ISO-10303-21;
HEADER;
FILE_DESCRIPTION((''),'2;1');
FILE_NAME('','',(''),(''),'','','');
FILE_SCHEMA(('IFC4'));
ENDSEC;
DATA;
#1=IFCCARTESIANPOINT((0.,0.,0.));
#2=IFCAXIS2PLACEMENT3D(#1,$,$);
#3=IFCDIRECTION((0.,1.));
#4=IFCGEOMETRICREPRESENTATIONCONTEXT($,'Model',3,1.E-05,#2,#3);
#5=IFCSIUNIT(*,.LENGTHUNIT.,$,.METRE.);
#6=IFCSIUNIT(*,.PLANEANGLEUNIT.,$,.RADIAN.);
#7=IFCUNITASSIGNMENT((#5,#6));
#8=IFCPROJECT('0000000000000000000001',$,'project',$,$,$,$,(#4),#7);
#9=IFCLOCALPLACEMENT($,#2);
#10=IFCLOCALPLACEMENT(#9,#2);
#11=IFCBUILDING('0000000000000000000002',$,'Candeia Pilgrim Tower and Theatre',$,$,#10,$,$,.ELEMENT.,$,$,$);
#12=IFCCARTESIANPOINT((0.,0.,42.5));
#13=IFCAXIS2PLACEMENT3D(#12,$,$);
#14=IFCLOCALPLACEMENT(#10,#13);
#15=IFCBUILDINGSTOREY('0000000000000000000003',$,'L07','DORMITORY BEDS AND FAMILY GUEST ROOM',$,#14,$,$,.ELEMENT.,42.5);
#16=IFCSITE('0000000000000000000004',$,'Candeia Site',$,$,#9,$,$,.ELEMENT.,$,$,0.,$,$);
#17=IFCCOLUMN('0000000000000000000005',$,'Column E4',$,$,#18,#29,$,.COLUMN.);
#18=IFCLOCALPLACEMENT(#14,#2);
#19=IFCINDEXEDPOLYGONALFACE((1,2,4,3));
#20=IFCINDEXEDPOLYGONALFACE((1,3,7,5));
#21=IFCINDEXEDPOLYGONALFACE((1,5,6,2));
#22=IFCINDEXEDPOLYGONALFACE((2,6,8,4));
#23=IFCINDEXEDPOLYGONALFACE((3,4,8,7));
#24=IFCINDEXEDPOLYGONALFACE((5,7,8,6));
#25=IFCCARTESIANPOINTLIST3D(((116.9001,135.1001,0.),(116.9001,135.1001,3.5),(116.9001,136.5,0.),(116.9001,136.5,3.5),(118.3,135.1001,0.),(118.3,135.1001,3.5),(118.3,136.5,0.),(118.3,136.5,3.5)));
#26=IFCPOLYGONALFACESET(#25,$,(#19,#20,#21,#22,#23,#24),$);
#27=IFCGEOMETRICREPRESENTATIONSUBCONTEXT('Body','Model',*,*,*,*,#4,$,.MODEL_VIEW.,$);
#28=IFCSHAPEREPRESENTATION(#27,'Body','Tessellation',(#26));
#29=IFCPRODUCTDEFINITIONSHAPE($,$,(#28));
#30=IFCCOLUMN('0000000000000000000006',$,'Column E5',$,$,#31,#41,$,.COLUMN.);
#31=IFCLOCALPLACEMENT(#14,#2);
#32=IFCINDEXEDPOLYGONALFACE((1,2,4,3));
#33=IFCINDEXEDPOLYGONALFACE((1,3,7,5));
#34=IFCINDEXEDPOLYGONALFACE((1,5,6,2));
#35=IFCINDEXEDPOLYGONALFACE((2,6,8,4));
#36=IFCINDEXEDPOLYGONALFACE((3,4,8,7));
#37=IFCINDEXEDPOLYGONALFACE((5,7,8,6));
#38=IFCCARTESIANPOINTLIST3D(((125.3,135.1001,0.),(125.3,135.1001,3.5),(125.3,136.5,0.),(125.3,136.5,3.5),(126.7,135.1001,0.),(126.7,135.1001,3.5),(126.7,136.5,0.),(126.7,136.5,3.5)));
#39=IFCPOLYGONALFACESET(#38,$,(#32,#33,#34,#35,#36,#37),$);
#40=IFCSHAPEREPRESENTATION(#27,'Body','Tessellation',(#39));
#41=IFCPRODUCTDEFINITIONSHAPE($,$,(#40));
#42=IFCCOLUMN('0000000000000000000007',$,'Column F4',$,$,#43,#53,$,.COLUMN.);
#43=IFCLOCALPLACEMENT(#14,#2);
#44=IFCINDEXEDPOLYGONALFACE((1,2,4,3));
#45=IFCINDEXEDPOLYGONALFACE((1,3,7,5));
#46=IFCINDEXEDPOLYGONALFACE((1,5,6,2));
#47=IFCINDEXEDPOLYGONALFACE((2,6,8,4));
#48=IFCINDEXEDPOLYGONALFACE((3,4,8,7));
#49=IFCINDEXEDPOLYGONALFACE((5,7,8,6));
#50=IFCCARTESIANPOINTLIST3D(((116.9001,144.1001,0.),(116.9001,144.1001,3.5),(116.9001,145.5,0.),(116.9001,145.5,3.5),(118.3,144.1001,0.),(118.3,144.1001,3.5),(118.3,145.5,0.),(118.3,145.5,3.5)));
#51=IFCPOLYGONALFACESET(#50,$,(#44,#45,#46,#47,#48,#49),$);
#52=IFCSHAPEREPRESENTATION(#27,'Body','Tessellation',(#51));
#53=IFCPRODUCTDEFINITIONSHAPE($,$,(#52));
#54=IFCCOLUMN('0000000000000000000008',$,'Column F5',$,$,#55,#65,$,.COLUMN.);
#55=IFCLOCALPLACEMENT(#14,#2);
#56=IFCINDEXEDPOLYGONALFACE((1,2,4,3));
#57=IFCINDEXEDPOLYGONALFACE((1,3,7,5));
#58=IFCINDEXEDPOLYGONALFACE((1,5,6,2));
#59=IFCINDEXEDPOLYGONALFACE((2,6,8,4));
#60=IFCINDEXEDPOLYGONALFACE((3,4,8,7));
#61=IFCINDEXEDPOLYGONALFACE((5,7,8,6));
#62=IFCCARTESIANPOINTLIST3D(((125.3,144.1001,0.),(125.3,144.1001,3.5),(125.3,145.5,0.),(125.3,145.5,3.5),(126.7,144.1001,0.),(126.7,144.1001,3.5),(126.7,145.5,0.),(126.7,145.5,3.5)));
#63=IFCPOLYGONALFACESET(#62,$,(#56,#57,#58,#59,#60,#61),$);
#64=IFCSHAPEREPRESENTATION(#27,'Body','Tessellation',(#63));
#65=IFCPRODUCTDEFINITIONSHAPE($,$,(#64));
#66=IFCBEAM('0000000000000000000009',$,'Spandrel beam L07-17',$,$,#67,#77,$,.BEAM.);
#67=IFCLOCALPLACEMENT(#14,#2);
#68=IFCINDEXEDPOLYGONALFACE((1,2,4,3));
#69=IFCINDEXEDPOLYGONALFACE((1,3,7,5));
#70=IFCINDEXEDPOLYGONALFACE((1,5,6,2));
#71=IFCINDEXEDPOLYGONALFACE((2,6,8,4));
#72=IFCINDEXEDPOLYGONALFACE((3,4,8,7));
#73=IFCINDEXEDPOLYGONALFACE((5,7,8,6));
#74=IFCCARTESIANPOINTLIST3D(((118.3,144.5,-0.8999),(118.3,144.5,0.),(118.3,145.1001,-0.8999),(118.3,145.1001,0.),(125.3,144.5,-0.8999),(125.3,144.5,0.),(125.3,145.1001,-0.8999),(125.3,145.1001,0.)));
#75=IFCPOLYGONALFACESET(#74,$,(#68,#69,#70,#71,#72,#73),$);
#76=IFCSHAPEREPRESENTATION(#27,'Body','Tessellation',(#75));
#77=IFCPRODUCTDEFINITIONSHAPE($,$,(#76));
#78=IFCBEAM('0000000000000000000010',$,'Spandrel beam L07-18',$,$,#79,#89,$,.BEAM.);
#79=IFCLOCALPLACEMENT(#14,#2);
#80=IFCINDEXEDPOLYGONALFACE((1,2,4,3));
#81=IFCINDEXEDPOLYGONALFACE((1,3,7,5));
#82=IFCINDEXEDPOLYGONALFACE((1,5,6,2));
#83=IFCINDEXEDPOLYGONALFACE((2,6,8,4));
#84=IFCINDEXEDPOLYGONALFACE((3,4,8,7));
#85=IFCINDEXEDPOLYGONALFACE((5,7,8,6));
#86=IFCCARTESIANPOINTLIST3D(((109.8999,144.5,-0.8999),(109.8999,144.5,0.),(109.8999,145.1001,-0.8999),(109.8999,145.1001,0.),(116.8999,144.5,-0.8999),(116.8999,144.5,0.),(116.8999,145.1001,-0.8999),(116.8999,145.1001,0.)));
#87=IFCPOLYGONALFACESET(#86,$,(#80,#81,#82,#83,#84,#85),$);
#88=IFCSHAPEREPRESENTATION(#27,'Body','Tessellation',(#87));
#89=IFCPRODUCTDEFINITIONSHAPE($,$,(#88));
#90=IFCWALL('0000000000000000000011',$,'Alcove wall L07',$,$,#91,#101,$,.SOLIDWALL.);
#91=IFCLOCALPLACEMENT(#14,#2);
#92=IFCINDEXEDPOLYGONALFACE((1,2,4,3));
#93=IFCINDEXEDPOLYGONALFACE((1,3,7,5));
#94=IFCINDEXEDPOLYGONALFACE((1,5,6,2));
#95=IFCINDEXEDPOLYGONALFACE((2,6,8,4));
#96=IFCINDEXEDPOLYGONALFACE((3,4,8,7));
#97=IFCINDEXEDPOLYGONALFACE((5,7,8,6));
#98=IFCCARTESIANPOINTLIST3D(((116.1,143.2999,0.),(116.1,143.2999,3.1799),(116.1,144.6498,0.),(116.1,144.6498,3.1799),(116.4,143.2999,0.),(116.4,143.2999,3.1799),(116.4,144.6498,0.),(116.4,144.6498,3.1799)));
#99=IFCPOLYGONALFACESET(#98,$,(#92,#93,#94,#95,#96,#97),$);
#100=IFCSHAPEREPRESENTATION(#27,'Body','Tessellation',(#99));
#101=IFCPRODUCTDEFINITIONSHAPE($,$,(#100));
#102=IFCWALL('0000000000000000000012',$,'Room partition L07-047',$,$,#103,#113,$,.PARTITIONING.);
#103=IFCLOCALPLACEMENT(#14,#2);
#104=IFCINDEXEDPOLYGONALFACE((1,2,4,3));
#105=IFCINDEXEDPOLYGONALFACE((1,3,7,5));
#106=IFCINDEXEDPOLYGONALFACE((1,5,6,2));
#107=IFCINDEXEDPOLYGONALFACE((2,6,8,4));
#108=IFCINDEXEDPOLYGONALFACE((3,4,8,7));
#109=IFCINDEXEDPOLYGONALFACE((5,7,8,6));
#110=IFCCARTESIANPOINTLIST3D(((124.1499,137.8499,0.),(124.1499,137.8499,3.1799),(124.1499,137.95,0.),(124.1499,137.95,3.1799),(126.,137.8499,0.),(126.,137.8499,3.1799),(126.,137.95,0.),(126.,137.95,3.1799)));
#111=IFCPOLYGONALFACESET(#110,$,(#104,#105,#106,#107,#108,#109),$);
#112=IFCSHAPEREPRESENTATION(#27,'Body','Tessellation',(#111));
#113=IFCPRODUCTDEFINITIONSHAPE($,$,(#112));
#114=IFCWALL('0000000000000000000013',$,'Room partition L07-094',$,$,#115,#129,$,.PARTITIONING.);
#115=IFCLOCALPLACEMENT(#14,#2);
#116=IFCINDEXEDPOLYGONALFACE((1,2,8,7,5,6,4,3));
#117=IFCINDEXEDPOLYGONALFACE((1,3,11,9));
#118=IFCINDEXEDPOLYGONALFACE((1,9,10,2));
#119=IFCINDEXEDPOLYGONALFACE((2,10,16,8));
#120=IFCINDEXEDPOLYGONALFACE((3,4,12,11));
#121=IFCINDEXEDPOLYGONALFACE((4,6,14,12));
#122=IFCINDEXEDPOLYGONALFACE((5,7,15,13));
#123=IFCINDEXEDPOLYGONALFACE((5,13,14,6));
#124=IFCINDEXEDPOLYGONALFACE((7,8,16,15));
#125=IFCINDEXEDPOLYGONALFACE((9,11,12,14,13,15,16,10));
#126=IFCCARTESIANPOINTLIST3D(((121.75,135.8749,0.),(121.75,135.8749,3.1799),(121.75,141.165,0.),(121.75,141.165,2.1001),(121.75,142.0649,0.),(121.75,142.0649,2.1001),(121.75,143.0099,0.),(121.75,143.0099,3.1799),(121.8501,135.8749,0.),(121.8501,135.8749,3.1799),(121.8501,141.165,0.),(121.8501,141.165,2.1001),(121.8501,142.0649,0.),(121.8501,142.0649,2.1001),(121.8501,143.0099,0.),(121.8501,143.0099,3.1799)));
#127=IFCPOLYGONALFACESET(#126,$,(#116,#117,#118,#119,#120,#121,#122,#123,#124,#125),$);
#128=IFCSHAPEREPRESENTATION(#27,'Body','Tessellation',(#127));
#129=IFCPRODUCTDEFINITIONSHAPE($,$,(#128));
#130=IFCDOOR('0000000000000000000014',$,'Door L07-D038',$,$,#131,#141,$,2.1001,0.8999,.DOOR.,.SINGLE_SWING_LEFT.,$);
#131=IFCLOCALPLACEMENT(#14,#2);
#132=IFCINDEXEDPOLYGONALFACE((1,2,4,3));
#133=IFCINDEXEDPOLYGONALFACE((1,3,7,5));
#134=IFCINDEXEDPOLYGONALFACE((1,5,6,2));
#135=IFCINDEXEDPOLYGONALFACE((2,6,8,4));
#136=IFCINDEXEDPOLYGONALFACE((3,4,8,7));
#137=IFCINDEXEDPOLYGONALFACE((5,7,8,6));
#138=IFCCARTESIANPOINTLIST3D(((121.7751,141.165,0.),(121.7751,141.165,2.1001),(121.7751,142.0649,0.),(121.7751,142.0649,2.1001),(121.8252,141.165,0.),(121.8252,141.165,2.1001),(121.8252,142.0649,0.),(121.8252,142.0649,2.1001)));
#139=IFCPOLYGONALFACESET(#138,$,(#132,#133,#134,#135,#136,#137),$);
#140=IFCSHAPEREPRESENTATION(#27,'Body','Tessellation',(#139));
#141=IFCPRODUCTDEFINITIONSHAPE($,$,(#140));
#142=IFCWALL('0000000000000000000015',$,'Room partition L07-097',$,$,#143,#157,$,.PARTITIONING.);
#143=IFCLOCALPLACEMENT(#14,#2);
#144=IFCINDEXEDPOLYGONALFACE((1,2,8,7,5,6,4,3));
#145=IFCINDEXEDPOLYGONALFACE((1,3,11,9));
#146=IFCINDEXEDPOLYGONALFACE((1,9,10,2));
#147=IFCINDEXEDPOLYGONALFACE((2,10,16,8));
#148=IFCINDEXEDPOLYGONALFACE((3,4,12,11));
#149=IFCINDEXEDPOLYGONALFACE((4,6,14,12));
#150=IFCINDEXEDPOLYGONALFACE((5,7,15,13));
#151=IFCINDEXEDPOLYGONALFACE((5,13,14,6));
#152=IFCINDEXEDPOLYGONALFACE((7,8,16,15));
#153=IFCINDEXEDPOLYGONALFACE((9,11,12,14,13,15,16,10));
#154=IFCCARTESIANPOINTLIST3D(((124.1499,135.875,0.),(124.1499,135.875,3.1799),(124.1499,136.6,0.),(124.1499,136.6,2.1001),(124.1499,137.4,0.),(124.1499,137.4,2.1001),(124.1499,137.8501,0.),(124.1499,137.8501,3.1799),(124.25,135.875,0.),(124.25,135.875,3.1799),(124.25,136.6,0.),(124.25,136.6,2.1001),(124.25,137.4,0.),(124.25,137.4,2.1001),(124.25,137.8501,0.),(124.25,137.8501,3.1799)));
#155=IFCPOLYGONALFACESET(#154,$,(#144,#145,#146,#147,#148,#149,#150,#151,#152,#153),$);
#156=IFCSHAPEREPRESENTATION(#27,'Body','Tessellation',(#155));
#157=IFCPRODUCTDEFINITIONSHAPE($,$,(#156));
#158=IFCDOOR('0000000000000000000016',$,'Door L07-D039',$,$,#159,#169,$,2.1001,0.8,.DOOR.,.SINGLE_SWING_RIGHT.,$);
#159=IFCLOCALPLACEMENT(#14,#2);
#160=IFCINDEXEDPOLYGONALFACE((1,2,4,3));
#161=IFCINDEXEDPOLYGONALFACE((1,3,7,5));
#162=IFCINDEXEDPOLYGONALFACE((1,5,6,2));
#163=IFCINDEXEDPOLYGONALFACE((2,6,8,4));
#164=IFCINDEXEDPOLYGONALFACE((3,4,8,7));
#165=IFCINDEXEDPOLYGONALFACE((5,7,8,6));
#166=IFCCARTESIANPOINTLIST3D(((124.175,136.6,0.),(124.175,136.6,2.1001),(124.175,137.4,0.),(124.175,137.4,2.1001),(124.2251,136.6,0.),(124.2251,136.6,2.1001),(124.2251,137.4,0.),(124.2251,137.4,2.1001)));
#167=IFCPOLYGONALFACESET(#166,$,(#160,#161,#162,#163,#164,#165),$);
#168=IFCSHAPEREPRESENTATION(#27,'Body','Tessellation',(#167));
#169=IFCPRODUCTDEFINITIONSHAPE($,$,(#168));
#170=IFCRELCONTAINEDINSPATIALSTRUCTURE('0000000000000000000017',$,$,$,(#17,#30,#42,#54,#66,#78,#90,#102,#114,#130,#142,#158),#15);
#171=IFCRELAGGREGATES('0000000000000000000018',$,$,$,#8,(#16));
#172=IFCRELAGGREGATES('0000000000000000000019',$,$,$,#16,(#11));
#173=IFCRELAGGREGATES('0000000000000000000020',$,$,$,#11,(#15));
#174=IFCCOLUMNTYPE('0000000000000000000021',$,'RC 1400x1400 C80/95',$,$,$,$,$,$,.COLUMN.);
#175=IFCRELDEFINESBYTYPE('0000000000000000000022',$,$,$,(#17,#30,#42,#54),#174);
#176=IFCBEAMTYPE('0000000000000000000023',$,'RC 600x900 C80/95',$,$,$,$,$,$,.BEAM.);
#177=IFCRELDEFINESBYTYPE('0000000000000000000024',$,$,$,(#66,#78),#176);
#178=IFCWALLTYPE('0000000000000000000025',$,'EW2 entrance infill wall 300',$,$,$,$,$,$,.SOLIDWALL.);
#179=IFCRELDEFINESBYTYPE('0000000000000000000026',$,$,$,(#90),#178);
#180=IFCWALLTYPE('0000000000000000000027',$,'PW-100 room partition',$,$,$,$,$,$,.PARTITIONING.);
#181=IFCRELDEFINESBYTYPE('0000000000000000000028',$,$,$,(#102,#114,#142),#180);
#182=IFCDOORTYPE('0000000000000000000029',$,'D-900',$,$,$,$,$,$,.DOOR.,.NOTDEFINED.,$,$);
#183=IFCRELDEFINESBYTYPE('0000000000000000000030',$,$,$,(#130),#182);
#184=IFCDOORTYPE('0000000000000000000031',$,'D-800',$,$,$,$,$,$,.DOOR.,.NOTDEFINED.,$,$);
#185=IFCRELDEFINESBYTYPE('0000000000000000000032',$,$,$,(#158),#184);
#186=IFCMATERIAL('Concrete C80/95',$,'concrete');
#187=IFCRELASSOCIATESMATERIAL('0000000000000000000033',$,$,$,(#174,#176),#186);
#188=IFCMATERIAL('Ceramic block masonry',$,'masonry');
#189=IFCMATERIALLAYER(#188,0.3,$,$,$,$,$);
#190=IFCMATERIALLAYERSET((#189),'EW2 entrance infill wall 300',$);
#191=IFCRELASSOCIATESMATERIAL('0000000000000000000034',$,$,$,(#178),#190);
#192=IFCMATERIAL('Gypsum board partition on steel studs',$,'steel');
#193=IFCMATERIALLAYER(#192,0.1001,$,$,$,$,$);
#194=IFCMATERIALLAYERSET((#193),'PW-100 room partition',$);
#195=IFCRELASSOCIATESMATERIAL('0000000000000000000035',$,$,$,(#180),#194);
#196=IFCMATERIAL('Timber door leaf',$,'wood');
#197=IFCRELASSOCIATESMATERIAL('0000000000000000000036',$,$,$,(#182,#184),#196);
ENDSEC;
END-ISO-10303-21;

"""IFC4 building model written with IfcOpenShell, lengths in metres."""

from ifc_helpers import new_model, si_unit, direction, frame, frame_2d, origin, origin_2d, place, context, subcontext, project, spatial, rectangle, extrude, material, layer, layer_set, material_profile, profile_set, type_object, element, fill, save


model = new_model("IFC4")

# Units and contexts
model_context = context("Model", 3, precision=1e-05, world=origin(), true_north=direction((0.0, 1.0)))
body_context = subcontext(model_context, "Body", "Model", "MODEL_VIEW")
ifc_project = project(units=[si_unit("LENGTHUNIT", "METRE"), si_unit("PLANEANGLEUNIT", "RADIAN")], contexts=[model_context])

# Site, building, storey
site_placement = place(None, origin())
site = spatial("IfcSite", under=ifc_project, at=site_placement, Name="Candeia Site", CompositionType="ELEMENT", RefElevation=0.0)
building_placement = place(site_placement, origin())
building = spatial("IfcBuilding", under=site, at=building_placement, Name="Candeia Pilgrim Tower and Theatre", CompositionType="ELEMENT")
storey_placement = place(building_placement, frame((0.0, 0.0, 42.5)))
storey = spatial("IfcBuildingStorey", under=building, at=storey_placement, Name="L07", Description="DORMITORY BEDS AND FAMILY GUEST ROOM", CompositionType="ELEMENT", Elevation=42.5)

# Columns
ifc_material_1 = material(Name="Concrete C80/95", Category="concrete")
ifc_material_profile_1 = material_profile(ifc_material_1, rectangle(XDim=1.3999, YDim=1.3999, at=origin_2d()))
ifc_profile_set_1 = profile_set([ifc_material_profile_1], Name="Concrete C80/95")
column_type = type_object("IfcColumnType", Name="RC 1400x1400 C80/95", PredefinedType="COLUMN", material=ifc_profile_set_1)
for number, where, z_axis, x_axis, name in (
    (1, (117.6001, 135.8, 0.0), (0.0, 0.0, 1.0), (1.0, 0.0, 0.0), "Column E4"),
    (2, (126.0, 135.8, 0.0), (0.0, 0.0, 1.0), (1.0, 0.0, 0.0), "Column E5"),
    (3, (117.6001, 144.8, 0.0), (0.0, 0.0, 1.0), (1.0, 0.0, 0.0), "Column F4"),
    (4, (126.0, 144.8, 0.0), (0.0, 0.0, 1.0), (1.0, 0.0, 0.0), "Column F5"),
):
    element("IfcColumn", number, at=place(storey_placement, frame(where, z_axis=z_axis, x_axis=x_axis)), inside=storey, type_object=column_type, Name=name, PredefinedType="COLUMN", context=body_context, shape_type="SweptSolid", body=[
        extrude(rectangle(XDim=1.3999, YDim=1.3999, at=origin_2d()), origin(), (0.0, 0.0, 1.0), 3.5),
    ])

# Beams
ifc_material_profile_2 = material_profile(ifc_material_1, rectangle(XDim=0.6001, YDim=0.8999, at=origin_2d()))
ifc_profile_set_2 = profile_set([ifc_material_profile_2], Name="Concrete C80/95")
beam_type = type_object("IfcBeamType", Name="RC 600x900 C80/95", PredefinedType="BEAM", material=ifc_profile_set_2)
for number, where, z_axis, x_axis, name in (
    (5, (125.3, 144.8, -0.45), (-1.0, 0.0, 0.0), (0.0, -1.0, 0.0), "Spandrel beam L07-17"),
    (6, (116.8999, 144.8, -0.45), (-1.0, 0.0, 0.0), (0.0, -1.0, 0.0), "Spandrel beam L07-18"),
):
    element("IfcBeam", number, at=place(storey_placement, frame(where, z_axis=z_axis, x_axis=x_axis)), inside=storey, type_object=beam_type, Name=name, PredefinedType="BEAM", context=body_context, shape_type="SweptSolid", body=[
        extrude(rectangle(XDim=0.6001, YDim=0.8999, at=origin_2d()), origin(), (0.0, 0.0, 1.0), 7.0),
    ])

# Wall
ifc_material_2 = material(Name="Ceramic block masonry", Category="masonry")
ifc_layer_1 = layer(ifc_material_2, 0.3)
ifc_layer_set_1 = layer_set([ifc_layer_1], Name="EW2 entrance infill wall 300")
wall_type_1 = type_object("IfcWallType", Name="EW2 entrance infill wall 300", PredefinedType="SOLIDWALL", material=ifc_layer_set_1)
wall_1_placement = place(storey_placement, frame((116.25, 143.3, 0.0), z_axis=(0.0, 0.0, 1.0), x_axis=(0.0, 1.0, 0.0)))
element("IfcWall", 7, at=wall_1_placement, inside=storey, type_object=wall_type_1, Name="Alcove wall L07", PredefinedType="SOLIDWALL", context=body_context, shape_type="SweptSolid", body=[
    extrude(rectangle(XDim=1.3499, YDim=0.3, at=frame_2d((0.6748, 0.0))), origin(), (0.0, 0.0, 1.0), 3.1799),
])

# Wall
ifc_material_3 = material(Name="Gypsum board partition on steel studs", Category="steel")
ifc_layer_2 = layer(ifc_material_3, 0.1001)
ifc_layer_set_2 = layer_set([ifc_layer_2], Name="PW-100 room partition")
wall_type_2 = type_object("IfcWallType", Name="PW-100 room partition", PredefinedType="PARTITIONING", material=ifc_layer_set_2)
wall_2_placement = place(storey_placement, frame((124.1499, 137.8999, 0.0), z_axis=(0.0, 0.0, 1.0), x_axis=(1.0, 0.0, 0.0)))
element("IfcWall", 8, at=wall_2_placement, inside=storey, type_object=wall_type_2, Name="Room partition L07-047", PredefinedType="PARTITIONING", context=body_context, shape_type="SweptSolid", body=[
    extrude(rectangle(XDim=1.8501, YDim=0.1001, at=frame_2d((0.925, 0.0))), origin(), (0.0, 0.0, 1.0), 3.1799),
])

# Walls, openings, doors
wall_3_placement = place(storey_placement, frame((121.8, 135.875, 0.0), z_axis=(0.0, 0.0, 1.0), x_axis=(0.0, 1.0, 0.0)))
wall_3 = element("IfcWall", 9, at=wall_3_placement, inside=storey, type_object=wall_type_2, Name="Room partition L07-094", PredefinedType="PARTITIONING", context=body_context, shape_type="SweptSolid", body=[
    extrude(rectangle(XDim=7.135, YDim=0.1001, at=frame_2d((3.5674, 0.0))), origin(), (0.0, 0.0, 1.0), 3.1799),
])
opening_1_placement = place(wall_3_placement, frame((5.29, 0.0, 0.0)))
opening_1 = element("IfcOpeningElement", 10, at=opening_1_placement, cuts=wall_3, PredefinedType="OPENING", context=body_context, shape_type="SweptSolid", body=[
    extrude(rectangle(XDim=0.8999, YDim=2.1001, at=frame_2d((0.45, 1.05))), frame((0.0, 0.0601, 0.0), z_axis=(0.0, -1.0, 0.0), x_axis=(1.0, 0.0, 0.0)), (0.0, 0.0, 1.0), 0.1201),
])
ifc_material_4 = material(Name="Timber door leaf", Category="wood")
door_type_1 = type_object("IfcDoorType", Name="D-900", OperationType="NOTDEFINED", PredefinedType="DOOR", material=ifc_material_4)
door_1_placement = place(opening_1_placement, origin())
door_1 = element("IfcDoor", 11, at=door_1_placement, inside=storey, type_object=door_type_1, Name="Door L07-D038", OperationType="SINGLE_SWING_LEFT", OverallHeight=2.1001, OverallWidth=0.8999, PredefinedType="DOOR", context=body_context, shape_type="SweptSolid", body=[
    extrude(rectangle(XDim=0.8999, YDim=2.1001, at=frame_2d((0.45, 1.05))), frame((0.0, 0.0249, 0.0), z_axis=(0.0, -1.0, 0.0), x_axis=(1.0, 0.0, 0.0)), (0.0, 0.0, 1.0), 0.05),
])
fill(opening_1, door_1)
wall_4_placement = place(storey_placement, frame((124.2, 135.875, 0.0), z_axis=(0.0, 0.0, 1.0), x_axis=(0.0, 1.0, 0.0)))
wall_4 = element("IfcWall", 12, at=wall_4_placement, inside=storey, type_object=wall_type_2, Name="Room partition L07-097", PredefinedType="PARTITIONING", context=body_context, shape_type="SweptSolid", body=[
    extrude(rectangle(XDim=1.9751, YDim=0.1001, at=frame_2d((0.9875, 0.0))), origin(), (0.0, 0.0, 1.0), 3.1799),
])
opening_2_placement = place(wall_4_placement, frame((0.7251, 0.0, 0.0)))
opening_2 = element("IfcOpeningElement", 13, at=opening_2_placement, cuts=wall_4, PredefinedType="OPENING", context=body_context, shape_type="SweptSolid", body=[
    extrude(rectangle(XDim=0.8, YDim=2.1001, at=frame_2d((0.3999, 1.05))), frame((0.0, 0.0601, 0.0), z_axis=(0.0, -1.0, 0.0), x_axis=(1.0, 0.0, 0.0)), (0.0, 0.0, 1.0), 0.1201),
])
door_type_2 = type_object("IfcDoorType", Name="D-800", OperationType="NOTDEFINED", PredefinedType="DOOR", material=ifc_material_4)
door_2_placement = place(opening_2_placement, origin())
door_2 = element("IfcDoor", 14, at=door_2_placement, inside=storey, type_object=door_type_2, Name="Door L07-D039", OperationType="SINGLE_SWING_RIGHT", OverallHeight=2.1001, OverallWidth=0.8, PredefinedType="DOOR", context=body_context, shape_type="SweptSolid", body=[
    extrude(rectangle(XDim=0.8, YDim=2.1001, at=frame_2d((0.3999, 1.05))), frame((0.0, 0.0249, 0.0), z_axis=(0.0, -1.0, 0.0), x_axis=(1.0, 0.0, 0.0)), (0.0, 0.0, 1.0), 0.05),
])
fill(opening_2, door_2)

save(model, "model.ifc")
